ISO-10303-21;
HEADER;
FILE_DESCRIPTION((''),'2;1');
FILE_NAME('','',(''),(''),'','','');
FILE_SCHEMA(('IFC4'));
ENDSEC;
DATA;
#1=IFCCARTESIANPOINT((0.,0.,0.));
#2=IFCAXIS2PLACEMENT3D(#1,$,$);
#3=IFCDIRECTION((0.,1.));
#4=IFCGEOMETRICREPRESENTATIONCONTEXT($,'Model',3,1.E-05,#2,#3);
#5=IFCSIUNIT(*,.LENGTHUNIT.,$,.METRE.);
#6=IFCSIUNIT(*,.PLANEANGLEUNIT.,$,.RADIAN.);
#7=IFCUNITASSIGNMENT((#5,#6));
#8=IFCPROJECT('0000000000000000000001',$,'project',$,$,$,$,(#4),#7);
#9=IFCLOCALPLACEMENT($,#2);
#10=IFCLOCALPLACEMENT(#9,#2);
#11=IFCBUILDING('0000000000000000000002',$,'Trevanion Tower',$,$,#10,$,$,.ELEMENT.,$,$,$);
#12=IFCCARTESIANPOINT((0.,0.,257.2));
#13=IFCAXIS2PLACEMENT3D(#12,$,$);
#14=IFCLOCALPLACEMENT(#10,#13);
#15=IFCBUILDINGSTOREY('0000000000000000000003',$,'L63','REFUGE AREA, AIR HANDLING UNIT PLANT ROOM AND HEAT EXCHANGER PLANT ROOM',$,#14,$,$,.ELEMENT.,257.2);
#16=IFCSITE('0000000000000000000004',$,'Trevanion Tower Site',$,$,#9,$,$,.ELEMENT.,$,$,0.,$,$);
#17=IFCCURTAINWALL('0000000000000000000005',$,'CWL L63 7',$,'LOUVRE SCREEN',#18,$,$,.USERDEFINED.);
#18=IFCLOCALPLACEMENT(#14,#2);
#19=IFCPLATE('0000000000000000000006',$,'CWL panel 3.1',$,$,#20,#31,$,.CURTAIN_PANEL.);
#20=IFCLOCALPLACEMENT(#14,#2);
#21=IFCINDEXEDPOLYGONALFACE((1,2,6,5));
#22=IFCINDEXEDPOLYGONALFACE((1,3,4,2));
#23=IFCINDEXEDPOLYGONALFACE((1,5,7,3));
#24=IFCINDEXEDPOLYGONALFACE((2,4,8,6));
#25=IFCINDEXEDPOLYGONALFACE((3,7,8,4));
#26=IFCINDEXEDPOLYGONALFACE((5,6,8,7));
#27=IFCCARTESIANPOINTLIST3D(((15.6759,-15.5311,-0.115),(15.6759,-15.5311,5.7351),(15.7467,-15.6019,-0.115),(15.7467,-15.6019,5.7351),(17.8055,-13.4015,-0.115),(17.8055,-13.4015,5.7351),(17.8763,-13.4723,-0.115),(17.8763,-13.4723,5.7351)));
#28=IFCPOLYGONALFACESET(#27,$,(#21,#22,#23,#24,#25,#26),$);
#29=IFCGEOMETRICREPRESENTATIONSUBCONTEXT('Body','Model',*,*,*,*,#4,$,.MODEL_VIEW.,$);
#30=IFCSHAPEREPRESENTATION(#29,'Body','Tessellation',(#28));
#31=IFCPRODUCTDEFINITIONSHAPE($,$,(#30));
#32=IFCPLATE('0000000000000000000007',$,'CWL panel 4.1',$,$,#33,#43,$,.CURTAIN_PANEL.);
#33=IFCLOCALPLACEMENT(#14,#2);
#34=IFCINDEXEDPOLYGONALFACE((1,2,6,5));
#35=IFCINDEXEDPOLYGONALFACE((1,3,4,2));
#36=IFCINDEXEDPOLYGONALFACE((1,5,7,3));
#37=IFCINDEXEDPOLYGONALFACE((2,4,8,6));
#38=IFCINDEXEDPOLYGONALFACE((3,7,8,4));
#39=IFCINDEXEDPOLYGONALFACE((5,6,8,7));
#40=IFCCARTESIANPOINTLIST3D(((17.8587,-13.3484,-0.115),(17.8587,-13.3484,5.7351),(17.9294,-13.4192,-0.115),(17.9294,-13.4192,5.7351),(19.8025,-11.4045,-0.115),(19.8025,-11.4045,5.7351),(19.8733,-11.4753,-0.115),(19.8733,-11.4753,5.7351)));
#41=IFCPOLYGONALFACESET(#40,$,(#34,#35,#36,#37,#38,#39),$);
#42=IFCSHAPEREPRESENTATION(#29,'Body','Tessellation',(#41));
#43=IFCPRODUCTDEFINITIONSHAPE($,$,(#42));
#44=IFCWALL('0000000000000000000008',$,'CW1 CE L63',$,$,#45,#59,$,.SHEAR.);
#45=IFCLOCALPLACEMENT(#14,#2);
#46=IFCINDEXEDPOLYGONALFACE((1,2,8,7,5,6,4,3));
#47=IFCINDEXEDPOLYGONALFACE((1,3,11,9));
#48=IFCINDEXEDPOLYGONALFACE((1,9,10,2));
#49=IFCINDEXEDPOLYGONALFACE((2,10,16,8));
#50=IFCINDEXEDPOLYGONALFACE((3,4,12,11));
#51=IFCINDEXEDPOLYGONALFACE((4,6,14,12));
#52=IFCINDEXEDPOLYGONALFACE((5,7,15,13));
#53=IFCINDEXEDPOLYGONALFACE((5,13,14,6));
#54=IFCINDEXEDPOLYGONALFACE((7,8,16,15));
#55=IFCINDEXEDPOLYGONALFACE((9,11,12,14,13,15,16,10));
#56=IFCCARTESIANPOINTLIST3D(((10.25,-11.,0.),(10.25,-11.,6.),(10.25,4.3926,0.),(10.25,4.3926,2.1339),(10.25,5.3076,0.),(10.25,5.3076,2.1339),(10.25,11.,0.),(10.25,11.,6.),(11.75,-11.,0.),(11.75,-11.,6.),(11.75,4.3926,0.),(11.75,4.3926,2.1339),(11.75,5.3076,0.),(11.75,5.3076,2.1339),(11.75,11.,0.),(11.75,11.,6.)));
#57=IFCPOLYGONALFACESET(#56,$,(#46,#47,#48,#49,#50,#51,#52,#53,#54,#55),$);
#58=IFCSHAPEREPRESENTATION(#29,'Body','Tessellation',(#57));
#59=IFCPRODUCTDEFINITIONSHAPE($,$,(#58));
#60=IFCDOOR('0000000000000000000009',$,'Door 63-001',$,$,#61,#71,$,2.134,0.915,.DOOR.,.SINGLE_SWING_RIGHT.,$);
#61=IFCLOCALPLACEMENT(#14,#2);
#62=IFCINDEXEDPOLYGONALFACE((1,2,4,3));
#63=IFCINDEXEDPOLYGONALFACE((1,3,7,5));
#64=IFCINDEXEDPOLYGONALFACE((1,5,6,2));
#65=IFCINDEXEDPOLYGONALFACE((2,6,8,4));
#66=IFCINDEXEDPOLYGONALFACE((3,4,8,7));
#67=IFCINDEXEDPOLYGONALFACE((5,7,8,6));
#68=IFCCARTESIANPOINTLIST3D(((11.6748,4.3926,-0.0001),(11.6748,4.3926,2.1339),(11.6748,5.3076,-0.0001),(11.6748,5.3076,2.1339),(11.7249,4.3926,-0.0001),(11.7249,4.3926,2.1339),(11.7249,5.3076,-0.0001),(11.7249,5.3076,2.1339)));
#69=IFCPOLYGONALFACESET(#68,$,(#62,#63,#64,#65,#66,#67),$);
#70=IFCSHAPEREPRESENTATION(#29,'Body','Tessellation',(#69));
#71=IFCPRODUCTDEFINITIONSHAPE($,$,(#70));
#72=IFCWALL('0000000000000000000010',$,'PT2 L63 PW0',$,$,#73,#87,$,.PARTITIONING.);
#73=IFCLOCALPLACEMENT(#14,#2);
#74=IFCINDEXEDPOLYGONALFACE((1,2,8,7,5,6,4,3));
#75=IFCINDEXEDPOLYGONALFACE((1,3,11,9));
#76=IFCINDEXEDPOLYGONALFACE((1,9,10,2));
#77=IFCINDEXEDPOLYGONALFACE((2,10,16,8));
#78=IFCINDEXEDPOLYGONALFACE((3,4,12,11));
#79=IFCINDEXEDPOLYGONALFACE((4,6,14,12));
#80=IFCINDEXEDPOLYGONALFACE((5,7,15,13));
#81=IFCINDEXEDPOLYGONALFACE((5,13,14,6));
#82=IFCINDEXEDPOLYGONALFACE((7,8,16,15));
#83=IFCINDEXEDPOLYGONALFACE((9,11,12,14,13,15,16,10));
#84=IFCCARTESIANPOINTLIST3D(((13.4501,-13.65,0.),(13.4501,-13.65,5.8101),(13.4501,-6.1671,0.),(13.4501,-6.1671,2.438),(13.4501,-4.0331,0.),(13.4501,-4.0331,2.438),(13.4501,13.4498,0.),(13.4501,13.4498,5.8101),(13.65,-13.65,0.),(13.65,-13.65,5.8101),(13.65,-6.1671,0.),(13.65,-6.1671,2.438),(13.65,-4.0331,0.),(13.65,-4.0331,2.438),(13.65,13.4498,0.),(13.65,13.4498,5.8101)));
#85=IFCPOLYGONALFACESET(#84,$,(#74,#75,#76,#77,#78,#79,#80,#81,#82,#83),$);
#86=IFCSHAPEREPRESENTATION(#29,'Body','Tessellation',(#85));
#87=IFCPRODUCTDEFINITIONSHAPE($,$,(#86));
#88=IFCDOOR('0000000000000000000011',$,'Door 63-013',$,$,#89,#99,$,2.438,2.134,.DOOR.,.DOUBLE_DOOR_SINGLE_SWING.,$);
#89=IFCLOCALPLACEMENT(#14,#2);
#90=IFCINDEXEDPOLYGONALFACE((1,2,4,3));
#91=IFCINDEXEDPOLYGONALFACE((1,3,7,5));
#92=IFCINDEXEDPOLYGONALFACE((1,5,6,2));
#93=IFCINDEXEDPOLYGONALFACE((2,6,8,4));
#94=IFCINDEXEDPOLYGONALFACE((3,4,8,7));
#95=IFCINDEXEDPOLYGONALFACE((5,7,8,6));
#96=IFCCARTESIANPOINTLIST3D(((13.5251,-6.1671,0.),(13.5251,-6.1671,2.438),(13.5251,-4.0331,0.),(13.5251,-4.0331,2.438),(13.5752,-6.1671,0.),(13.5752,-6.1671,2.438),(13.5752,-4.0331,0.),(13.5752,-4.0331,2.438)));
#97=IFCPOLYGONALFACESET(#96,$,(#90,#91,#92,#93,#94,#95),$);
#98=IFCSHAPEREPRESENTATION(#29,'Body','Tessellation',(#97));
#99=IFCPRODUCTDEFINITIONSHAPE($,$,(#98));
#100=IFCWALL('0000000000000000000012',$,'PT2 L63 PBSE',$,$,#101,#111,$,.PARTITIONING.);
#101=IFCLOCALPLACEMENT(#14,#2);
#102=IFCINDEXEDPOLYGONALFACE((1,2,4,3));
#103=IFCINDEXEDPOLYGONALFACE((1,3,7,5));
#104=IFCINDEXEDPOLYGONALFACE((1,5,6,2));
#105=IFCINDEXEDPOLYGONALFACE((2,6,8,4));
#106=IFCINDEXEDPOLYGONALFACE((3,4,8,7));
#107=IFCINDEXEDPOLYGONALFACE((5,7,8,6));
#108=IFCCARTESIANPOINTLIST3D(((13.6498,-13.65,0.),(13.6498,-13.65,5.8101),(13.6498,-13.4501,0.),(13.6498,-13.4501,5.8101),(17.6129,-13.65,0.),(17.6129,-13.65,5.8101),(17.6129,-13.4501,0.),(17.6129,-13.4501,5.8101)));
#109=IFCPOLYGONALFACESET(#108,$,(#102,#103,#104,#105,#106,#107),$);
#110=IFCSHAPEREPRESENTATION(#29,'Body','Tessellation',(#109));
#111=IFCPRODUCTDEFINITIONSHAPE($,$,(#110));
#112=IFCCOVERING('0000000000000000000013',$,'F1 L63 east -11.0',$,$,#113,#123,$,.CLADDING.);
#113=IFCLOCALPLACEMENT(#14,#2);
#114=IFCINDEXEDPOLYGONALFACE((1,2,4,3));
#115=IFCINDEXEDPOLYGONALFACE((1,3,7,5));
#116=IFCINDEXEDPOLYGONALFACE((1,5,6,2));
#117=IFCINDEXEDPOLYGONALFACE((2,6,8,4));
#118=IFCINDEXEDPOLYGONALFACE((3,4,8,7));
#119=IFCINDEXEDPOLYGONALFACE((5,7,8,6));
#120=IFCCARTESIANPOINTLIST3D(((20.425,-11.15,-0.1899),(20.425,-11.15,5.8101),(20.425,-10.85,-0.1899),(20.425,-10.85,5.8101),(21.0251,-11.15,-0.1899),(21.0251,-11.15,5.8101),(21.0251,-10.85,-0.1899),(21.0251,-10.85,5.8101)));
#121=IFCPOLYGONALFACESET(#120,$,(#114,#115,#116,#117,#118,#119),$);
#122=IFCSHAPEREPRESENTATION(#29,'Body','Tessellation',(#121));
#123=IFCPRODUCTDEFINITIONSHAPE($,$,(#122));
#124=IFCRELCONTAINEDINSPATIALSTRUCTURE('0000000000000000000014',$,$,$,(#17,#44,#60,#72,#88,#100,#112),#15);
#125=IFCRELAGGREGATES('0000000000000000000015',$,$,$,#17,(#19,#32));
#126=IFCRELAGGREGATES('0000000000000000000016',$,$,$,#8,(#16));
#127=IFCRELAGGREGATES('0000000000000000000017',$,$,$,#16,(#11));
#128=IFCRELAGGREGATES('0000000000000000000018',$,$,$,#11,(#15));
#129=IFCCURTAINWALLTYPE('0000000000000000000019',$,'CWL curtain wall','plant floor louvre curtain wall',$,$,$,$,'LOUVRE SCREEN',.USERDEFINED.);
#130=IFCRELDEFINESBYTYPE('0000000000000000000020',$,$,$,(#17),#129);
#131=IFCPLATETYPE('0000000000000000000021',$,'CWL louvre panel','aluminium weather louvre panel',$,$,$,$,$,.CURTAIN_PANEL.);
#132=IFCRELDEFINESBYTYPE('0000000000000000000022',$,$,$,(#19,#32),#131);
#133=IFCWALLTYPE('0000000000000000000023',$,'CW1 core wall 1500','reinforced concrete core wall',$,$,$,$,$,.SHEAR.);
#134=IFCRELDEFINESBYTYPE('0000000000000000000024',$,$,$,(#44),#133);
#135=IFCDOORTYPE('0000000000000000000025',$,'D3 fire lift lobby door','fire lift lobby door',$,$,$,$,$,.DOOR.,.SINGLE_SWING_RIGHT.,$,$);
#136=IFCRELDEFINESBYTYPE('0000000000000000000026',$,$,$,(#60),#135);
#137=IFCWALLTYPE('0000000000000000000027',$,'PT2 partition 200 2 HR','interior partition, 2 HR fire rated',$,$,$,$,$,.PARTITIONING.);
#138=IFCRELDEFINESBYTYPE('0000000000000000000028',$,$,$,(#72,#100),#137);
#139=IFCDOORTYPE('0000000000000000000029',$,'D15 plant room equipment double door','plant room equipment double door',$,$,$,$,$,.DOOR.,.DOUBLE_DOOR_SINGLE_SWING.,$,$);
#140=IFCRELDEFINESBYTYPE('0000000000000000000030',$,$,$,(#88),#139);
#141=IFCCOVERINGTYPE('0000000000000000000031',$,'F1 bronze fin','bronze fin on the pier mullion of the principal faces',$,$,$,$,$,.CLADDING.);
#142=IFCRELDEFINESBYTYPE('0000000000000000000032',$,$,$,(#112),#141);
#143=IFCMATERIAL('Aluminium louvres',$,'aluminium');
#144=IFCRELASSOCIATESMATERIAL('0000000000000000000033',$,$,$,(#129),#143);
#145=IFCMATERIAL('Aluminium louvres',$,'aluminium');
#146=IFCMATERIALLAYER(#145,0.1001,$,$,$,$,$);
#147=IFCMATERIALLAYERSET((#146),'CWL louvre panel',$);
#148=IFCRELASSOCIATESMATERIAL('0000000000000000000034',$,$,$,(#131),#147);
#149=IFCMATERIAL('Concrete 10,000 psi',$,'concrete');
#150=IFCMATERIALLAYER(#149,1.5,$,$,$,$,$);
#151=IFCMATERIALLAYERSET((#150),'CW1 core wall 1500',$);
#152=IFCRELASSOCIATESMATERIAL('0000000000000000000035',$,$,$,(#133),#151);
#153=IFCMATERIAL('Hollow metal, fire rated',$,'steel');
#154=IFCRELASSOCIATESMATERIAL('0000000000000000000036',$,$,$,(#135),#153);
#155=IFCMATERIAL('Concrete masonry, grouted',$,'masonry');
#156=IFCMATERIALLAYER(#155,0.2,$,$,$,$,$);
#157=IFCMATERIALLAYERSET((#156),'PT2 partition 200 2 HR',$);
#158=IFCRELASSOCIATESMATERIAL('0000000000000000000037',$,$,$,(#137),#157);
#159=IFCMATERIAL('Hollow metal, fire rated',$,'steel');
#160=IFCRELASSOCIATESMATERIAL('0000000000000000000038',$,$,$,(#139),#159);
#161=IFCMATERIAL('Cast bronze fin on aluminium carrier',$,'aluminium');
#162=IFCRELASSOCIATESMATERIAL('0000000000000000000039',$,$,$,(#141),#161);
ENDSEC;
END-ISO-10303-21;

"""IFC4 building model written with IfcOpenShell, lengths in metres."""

from ifc_helpers import new_model, si_unit, direction, frame, frame_2d, origin, origin_2d, place, context, subcontext, project, spatial, rectangle, extrude, material, layer, layer_set, type_object, element, fill, aggregate, save


model = new_model("IFC4")

# Units and contexts
model_context = context("Model", 3, precision=1e-05, world=origin(), true_north=direction((0.0, 1.0)))
body_context = subcontext(model_context, "Body", "Model", "MODEL_VIEW")
ifc_project = project(units=[si_unit("LENGTHUNIT", "METRE"), si_unit("PLANEANGLEUNIT", "RADIAN")], contexts=[model_context])

# Site, building, storey
site_placement = place(None, origin())
site = spatial("IfcSite", under=ifc_project, at=site_placement, Name="Trevanion Tower Site", CompositionType="ELEMENT", RefElevation=0.0)
building_placement = place(site_placement, origin())
building = spatial("IfcBuilding", under=site, at=building_placement, Name="Trevanion Tower", CompositionType="ELEMENT")
storey_placement = place(building_placement, frame((0.0, 0.0, 257.2)))
storey = spatial("IfcBuildingStorey", under=building, at=storey_placement, Name="L63", Description="REFUGE AREA, AIR HANDLING UNIT PLANT ROOM AND HEAT EXCHANGER PLANT ROOM", CompositionType="ELEMENT", Elevation=257.2)

# Curtain wall
ifc_material_1 = material(Name="Aluminium louvres", Category="aluminium")
curtain_wall_type = type_object("IfcCurtainWallType", Name="CWL curtain wall", Description="plant floor louvre curtain wall", ElementType="LOUVRE SCREEN", PredefinedType="USERDEFINED", material=ifc_material_1)
curtain_wall_1_placement = place(storey_placement, origin())
curtain_wall_1 = element("IfcCurtainWall", 1, at=curtain_wall_1_placement, inside=storey, type_object=curtain_wall_type, Name="CWL L63 7", ObjectType="LOUVRE SCREEN", PredefinedType="USERDEFINED")

# Plates
ifc_material_2 = material(Name="Aluminium louvres", Category="aluminium")
ifc_layer_1 = layer(ifc_material_2, 0.1001)
ifc_layer_set_1 = layer_set([ifc_layer_1], Name="CWL louvre panel")
plate_type = type_object("IfcPlateType", Name="CWL louvre panel", Description="aluminium weather louvre panel", PredefinedType="CURTAIN_PANEL", material=ifc_layer_set_1)
plate_1_placement = place(storey_placement, frame((16.7761, -14.5017, -0.115), z_axis=(0.0, 0.0, 1.0), x_axis=(0.707107, 0.707107, 0.0)))
plate_1 = element("IfcPlate", 2, at=plate_1_placement, type_object=plate_type, Name="CWL panel 3.1", PredefinedType="CURTAIN_PANEL", context=body_context, shape_type="SweptSolid", body=[
    extrude(rectangle(XDim=3.0117, YDim=0.1001, at=origin_2d()), origin(), (0.0, 0.0, 1.0), 5.8501),
])
plate_2_placement = place(storey_placement, frame((18.866, -12.4119, -0.115), z_axis=(0.0, 0.0, 1.0), x_axis=(0.707107, 0.707107, 0.0)))
plate_2 = element("IfcPlate", 3, at=plate_2_placement, type_object=plate_type, Name="CWL panel 4.1", PredefinedType="CURTAIN_PANEL", context=body_context, shape_type="SweptSolid", body=[
    extrude(rectangle(XDim=2.749, YDim=0.1001, at=origin_2d()), origin(), (0.0, 0.0, 1.0), 5.8501),
])
aggregate(curtain_wall_1, [plate_1, plate_2])

# Walls, openings, doors
ifc_material_3 = material(Name="Concrete 10,000 psi", Category="concrete")
ifc_layer_2 = layer(ifc_material_3, 1.5)
ifc_layer_set_2 = layer_set([ifc_layer_2], Name="CW1 core wall 1500")
wall_type_1 = type_object("IfcWallType", Name="CW1 core wall 1500", Description="reinforced concrete core wall", PredefinedType="SHEAR", material=ifc_layer_set_2)
wall_1_placement = place(storey_placement, frame((11.0, -11.0, 0.0), z_axis=(0.0, 0.0, 1.0), x_axis=(0.0, 1.0, 0.0)))
wall_1 = element("IfcWall", 4, at=wall_1_placement, inside=storey, type_object=wall_type_1, Name="CW1 CE L63", PredefinedType="SHEAR", context=body_context, shape_type="SweptSolid", body=[
    extrude(rectangle(XDim=22.0, YDim=1.5, at=frame_2d((11.0, 0.0))), origin(), (0.0, 0.0, 1.0), 6.0),
])
opening_1_placement = place(wall_1_placement, frame((15.3926, 0.0, 0.0)))
opening_1 = element("IfcOpeningElement", 5, at=opening_1_placement, cuts=wall_1, PredefinedType="OPENING", context=body_context, shape_type="SweptSolid", body=[
    extrude(rectangle(XDim=0.915, YDim=2.134, at=frame_2d((0.4575, 1.0669))), frame((0.0, 0.76, 0.0), z_axis=(0.0, -1.0, 0.0), x_axis=(1.0, 0.0, 0.0)), (0.0, 0.0, 1.0), 1.52),
])
ifc_material_4 = material(Name="Hollow metal, fire rated", Category="steel")
door_type_1 = type_object("IfcDoorType", Name="D3 fire lift lobby door", Description="fire lift lobby door", OperationType="SINGLE_SWING_RIGHT", PredefinedType="DOOR", material=ifc_material_4)
door_1_placement = place(opening_1_placement, origin())
door_1 = element("IfcDoor", 6, at=door_1_placement, inside=storey, type_object=door_type_1, Name="Door 63-001", OperationType="SINGLE_SWING_RIGHT", OverallHeight=2.134, OverallWidth=0.915, PredefinedType="DOOR", context=body_context, shape_type="SweptSolid", body=[
    extrude(rectangle(XDim=0.915, YDim=2.134, at=frame_2d((0.4575, 1.0669))), frame((0.0, -0.6748, 0.0), z_axis=(0.0, -1.0, 0.0), x_axis=(1.0, 0.0, 0.0)), (0.0, 0.0, 1.0), 0.05),
])
fill(opening_1, door_1)
ifc_material_5 = material(Name="Concrete masonry, grouted", Category="masonry")
ifc_layer_3 = layer(ifc_material_5, 0.2)
ifc_layer_set_3 = layer_set([ifc_layer_3], Name="PT2 partition 200 2 HR")
wall_type_2 = type_object("IfcWallType", Name="PT2 partition 200 2 HR", Description="interior partition, 2 HR fire rated", PredefinedType="PARTITIONING", material=ifc_layer_set_3)
wall_2_placement = place(storey_placement, frame((13.55, -13.6499, 0.0), z_axis=(0.0, 0.0, 1.0), x_axis=(0.0, 1.0, 0.0)))
wall_2 = element("IfcWall", 7, at=wall_2_placement, inside=storey, type_object=wall_type_2, Name="PT2 L63 PW0", PredefinedType="PARTITIONING", context=body_context, shape_type="SweptSolid", body=[
    extrude(rectangle(XDim=27.0999, YDim=0.2, at=frame_2d((13.5498, 0.0))), origin(), (0.0, 0.0, 1.0), 5.8101),
])
opening_2_placement = place(wall_2_placement, frame((7.4829, 0.0, 0.0)))
opening_2 = element("IfcOpeningElement", 8, at=opening_2_placement, cuts=wall_2, PredefinedType="OPENING", context=body_context, shape_type="SweptSolid", body=[
    extrude(rectangle(XDim=2.134, YDim=2.438, at=frame_2d((1.0669, 1.219))), frame((0.0, 0.1099, 0.0), z_axis=(0.0, -1.0, 0.0), x_axis=(1.0, 0.0, 0.0)), (0.0, 0.0, 1.0), 0.22),
])
ifc_material_6 = material(Name="Hollow metal, fire rated", Category="steel")
door_type_2 = type_object("IfcDoorType", Name="D15 plant room equipment double door", Description="plant room equipment double door", OperationType="DOUBLE_DOOR_SINGLE_SWING", PredefinedType="DOOR", material=ifc_material_6)
door_2_placement = place(opening_2_placement, origin())
door_2 = element("IfcDoor", 9, at=door_2_placement, inside=storey, type_object=door_type_2, Name="Door 63-013", OperationType="DOUBLE_DOOR_SINGLE_SWING", OverallHeight=2.438, OverallWidth=2.134, PredefinedType="DOOR", context=body_context, shape_type="SweptSolid", body=[
    extrude(rectangle(XDim=2.134, YDim=2.438, at=frame_2d((1.0669, 1.219))), frame((0.0, 0.0249, 0.0), z_axis=(0.0, -1.0, 0.0), x_axis=(1.0, 0.0, 0.0)), (0.0, 0.0, 1.0), 0.05),
])
fill(opening_2, door_2)

# Wall
wall_3_placement = place(storey_placement, frame((13.6499, -13.55, 0.0), z_axis=(0.0, 0.0, 1.0), x_axis=(1.0, 0.0, 0.0)))
element("IfcWall", 10, at=wall_3_placement, inside=storey, type_object=wall_type_2, Name="PT2 L63 PBSE", PredefinedType="PARTITIONING", context=body_context, shape_type="SweptSolid", body=[
    extrude(rectangle(XDim=3.9631, YDim=0.2, at=frame_2d((1.9814, 0.0))), origin(), (0.0, 0.0, 1.0), 5.8101),
])

# Covering
ifc_material_7 = material(Name="Cast bronze fin on aluminium carrier", Category="aluminium")
covering_type = type_object("IfcCoveringType", Name="F1 bronze fin", Description="bronze fin on the pier mullion of the principal faces", PredefinedType="CLADDING", material=ifc_material_7)
covering_placement = place(storey_placement, frame((20.7251, -11.0, -0.1899), z_axis=(0.0, 0.0, 1.0), x_axis=(0.0, 1.0, 0.0)))
element("IfcCovering", 11, at=covering_placement, inside=storey, type_object=covering_type, Name="F1 L63 east -11.0", PredefinedType="CLADDING", context=body_context, shape_type="SweptSolid", body=[
    extrude(rectangle(XDim=0.3, YDim=0.6001, at=origin_2d()), origin(), (0.0, 0.0, 1.0), 6.0),
])

save(model, "model.ifc")
